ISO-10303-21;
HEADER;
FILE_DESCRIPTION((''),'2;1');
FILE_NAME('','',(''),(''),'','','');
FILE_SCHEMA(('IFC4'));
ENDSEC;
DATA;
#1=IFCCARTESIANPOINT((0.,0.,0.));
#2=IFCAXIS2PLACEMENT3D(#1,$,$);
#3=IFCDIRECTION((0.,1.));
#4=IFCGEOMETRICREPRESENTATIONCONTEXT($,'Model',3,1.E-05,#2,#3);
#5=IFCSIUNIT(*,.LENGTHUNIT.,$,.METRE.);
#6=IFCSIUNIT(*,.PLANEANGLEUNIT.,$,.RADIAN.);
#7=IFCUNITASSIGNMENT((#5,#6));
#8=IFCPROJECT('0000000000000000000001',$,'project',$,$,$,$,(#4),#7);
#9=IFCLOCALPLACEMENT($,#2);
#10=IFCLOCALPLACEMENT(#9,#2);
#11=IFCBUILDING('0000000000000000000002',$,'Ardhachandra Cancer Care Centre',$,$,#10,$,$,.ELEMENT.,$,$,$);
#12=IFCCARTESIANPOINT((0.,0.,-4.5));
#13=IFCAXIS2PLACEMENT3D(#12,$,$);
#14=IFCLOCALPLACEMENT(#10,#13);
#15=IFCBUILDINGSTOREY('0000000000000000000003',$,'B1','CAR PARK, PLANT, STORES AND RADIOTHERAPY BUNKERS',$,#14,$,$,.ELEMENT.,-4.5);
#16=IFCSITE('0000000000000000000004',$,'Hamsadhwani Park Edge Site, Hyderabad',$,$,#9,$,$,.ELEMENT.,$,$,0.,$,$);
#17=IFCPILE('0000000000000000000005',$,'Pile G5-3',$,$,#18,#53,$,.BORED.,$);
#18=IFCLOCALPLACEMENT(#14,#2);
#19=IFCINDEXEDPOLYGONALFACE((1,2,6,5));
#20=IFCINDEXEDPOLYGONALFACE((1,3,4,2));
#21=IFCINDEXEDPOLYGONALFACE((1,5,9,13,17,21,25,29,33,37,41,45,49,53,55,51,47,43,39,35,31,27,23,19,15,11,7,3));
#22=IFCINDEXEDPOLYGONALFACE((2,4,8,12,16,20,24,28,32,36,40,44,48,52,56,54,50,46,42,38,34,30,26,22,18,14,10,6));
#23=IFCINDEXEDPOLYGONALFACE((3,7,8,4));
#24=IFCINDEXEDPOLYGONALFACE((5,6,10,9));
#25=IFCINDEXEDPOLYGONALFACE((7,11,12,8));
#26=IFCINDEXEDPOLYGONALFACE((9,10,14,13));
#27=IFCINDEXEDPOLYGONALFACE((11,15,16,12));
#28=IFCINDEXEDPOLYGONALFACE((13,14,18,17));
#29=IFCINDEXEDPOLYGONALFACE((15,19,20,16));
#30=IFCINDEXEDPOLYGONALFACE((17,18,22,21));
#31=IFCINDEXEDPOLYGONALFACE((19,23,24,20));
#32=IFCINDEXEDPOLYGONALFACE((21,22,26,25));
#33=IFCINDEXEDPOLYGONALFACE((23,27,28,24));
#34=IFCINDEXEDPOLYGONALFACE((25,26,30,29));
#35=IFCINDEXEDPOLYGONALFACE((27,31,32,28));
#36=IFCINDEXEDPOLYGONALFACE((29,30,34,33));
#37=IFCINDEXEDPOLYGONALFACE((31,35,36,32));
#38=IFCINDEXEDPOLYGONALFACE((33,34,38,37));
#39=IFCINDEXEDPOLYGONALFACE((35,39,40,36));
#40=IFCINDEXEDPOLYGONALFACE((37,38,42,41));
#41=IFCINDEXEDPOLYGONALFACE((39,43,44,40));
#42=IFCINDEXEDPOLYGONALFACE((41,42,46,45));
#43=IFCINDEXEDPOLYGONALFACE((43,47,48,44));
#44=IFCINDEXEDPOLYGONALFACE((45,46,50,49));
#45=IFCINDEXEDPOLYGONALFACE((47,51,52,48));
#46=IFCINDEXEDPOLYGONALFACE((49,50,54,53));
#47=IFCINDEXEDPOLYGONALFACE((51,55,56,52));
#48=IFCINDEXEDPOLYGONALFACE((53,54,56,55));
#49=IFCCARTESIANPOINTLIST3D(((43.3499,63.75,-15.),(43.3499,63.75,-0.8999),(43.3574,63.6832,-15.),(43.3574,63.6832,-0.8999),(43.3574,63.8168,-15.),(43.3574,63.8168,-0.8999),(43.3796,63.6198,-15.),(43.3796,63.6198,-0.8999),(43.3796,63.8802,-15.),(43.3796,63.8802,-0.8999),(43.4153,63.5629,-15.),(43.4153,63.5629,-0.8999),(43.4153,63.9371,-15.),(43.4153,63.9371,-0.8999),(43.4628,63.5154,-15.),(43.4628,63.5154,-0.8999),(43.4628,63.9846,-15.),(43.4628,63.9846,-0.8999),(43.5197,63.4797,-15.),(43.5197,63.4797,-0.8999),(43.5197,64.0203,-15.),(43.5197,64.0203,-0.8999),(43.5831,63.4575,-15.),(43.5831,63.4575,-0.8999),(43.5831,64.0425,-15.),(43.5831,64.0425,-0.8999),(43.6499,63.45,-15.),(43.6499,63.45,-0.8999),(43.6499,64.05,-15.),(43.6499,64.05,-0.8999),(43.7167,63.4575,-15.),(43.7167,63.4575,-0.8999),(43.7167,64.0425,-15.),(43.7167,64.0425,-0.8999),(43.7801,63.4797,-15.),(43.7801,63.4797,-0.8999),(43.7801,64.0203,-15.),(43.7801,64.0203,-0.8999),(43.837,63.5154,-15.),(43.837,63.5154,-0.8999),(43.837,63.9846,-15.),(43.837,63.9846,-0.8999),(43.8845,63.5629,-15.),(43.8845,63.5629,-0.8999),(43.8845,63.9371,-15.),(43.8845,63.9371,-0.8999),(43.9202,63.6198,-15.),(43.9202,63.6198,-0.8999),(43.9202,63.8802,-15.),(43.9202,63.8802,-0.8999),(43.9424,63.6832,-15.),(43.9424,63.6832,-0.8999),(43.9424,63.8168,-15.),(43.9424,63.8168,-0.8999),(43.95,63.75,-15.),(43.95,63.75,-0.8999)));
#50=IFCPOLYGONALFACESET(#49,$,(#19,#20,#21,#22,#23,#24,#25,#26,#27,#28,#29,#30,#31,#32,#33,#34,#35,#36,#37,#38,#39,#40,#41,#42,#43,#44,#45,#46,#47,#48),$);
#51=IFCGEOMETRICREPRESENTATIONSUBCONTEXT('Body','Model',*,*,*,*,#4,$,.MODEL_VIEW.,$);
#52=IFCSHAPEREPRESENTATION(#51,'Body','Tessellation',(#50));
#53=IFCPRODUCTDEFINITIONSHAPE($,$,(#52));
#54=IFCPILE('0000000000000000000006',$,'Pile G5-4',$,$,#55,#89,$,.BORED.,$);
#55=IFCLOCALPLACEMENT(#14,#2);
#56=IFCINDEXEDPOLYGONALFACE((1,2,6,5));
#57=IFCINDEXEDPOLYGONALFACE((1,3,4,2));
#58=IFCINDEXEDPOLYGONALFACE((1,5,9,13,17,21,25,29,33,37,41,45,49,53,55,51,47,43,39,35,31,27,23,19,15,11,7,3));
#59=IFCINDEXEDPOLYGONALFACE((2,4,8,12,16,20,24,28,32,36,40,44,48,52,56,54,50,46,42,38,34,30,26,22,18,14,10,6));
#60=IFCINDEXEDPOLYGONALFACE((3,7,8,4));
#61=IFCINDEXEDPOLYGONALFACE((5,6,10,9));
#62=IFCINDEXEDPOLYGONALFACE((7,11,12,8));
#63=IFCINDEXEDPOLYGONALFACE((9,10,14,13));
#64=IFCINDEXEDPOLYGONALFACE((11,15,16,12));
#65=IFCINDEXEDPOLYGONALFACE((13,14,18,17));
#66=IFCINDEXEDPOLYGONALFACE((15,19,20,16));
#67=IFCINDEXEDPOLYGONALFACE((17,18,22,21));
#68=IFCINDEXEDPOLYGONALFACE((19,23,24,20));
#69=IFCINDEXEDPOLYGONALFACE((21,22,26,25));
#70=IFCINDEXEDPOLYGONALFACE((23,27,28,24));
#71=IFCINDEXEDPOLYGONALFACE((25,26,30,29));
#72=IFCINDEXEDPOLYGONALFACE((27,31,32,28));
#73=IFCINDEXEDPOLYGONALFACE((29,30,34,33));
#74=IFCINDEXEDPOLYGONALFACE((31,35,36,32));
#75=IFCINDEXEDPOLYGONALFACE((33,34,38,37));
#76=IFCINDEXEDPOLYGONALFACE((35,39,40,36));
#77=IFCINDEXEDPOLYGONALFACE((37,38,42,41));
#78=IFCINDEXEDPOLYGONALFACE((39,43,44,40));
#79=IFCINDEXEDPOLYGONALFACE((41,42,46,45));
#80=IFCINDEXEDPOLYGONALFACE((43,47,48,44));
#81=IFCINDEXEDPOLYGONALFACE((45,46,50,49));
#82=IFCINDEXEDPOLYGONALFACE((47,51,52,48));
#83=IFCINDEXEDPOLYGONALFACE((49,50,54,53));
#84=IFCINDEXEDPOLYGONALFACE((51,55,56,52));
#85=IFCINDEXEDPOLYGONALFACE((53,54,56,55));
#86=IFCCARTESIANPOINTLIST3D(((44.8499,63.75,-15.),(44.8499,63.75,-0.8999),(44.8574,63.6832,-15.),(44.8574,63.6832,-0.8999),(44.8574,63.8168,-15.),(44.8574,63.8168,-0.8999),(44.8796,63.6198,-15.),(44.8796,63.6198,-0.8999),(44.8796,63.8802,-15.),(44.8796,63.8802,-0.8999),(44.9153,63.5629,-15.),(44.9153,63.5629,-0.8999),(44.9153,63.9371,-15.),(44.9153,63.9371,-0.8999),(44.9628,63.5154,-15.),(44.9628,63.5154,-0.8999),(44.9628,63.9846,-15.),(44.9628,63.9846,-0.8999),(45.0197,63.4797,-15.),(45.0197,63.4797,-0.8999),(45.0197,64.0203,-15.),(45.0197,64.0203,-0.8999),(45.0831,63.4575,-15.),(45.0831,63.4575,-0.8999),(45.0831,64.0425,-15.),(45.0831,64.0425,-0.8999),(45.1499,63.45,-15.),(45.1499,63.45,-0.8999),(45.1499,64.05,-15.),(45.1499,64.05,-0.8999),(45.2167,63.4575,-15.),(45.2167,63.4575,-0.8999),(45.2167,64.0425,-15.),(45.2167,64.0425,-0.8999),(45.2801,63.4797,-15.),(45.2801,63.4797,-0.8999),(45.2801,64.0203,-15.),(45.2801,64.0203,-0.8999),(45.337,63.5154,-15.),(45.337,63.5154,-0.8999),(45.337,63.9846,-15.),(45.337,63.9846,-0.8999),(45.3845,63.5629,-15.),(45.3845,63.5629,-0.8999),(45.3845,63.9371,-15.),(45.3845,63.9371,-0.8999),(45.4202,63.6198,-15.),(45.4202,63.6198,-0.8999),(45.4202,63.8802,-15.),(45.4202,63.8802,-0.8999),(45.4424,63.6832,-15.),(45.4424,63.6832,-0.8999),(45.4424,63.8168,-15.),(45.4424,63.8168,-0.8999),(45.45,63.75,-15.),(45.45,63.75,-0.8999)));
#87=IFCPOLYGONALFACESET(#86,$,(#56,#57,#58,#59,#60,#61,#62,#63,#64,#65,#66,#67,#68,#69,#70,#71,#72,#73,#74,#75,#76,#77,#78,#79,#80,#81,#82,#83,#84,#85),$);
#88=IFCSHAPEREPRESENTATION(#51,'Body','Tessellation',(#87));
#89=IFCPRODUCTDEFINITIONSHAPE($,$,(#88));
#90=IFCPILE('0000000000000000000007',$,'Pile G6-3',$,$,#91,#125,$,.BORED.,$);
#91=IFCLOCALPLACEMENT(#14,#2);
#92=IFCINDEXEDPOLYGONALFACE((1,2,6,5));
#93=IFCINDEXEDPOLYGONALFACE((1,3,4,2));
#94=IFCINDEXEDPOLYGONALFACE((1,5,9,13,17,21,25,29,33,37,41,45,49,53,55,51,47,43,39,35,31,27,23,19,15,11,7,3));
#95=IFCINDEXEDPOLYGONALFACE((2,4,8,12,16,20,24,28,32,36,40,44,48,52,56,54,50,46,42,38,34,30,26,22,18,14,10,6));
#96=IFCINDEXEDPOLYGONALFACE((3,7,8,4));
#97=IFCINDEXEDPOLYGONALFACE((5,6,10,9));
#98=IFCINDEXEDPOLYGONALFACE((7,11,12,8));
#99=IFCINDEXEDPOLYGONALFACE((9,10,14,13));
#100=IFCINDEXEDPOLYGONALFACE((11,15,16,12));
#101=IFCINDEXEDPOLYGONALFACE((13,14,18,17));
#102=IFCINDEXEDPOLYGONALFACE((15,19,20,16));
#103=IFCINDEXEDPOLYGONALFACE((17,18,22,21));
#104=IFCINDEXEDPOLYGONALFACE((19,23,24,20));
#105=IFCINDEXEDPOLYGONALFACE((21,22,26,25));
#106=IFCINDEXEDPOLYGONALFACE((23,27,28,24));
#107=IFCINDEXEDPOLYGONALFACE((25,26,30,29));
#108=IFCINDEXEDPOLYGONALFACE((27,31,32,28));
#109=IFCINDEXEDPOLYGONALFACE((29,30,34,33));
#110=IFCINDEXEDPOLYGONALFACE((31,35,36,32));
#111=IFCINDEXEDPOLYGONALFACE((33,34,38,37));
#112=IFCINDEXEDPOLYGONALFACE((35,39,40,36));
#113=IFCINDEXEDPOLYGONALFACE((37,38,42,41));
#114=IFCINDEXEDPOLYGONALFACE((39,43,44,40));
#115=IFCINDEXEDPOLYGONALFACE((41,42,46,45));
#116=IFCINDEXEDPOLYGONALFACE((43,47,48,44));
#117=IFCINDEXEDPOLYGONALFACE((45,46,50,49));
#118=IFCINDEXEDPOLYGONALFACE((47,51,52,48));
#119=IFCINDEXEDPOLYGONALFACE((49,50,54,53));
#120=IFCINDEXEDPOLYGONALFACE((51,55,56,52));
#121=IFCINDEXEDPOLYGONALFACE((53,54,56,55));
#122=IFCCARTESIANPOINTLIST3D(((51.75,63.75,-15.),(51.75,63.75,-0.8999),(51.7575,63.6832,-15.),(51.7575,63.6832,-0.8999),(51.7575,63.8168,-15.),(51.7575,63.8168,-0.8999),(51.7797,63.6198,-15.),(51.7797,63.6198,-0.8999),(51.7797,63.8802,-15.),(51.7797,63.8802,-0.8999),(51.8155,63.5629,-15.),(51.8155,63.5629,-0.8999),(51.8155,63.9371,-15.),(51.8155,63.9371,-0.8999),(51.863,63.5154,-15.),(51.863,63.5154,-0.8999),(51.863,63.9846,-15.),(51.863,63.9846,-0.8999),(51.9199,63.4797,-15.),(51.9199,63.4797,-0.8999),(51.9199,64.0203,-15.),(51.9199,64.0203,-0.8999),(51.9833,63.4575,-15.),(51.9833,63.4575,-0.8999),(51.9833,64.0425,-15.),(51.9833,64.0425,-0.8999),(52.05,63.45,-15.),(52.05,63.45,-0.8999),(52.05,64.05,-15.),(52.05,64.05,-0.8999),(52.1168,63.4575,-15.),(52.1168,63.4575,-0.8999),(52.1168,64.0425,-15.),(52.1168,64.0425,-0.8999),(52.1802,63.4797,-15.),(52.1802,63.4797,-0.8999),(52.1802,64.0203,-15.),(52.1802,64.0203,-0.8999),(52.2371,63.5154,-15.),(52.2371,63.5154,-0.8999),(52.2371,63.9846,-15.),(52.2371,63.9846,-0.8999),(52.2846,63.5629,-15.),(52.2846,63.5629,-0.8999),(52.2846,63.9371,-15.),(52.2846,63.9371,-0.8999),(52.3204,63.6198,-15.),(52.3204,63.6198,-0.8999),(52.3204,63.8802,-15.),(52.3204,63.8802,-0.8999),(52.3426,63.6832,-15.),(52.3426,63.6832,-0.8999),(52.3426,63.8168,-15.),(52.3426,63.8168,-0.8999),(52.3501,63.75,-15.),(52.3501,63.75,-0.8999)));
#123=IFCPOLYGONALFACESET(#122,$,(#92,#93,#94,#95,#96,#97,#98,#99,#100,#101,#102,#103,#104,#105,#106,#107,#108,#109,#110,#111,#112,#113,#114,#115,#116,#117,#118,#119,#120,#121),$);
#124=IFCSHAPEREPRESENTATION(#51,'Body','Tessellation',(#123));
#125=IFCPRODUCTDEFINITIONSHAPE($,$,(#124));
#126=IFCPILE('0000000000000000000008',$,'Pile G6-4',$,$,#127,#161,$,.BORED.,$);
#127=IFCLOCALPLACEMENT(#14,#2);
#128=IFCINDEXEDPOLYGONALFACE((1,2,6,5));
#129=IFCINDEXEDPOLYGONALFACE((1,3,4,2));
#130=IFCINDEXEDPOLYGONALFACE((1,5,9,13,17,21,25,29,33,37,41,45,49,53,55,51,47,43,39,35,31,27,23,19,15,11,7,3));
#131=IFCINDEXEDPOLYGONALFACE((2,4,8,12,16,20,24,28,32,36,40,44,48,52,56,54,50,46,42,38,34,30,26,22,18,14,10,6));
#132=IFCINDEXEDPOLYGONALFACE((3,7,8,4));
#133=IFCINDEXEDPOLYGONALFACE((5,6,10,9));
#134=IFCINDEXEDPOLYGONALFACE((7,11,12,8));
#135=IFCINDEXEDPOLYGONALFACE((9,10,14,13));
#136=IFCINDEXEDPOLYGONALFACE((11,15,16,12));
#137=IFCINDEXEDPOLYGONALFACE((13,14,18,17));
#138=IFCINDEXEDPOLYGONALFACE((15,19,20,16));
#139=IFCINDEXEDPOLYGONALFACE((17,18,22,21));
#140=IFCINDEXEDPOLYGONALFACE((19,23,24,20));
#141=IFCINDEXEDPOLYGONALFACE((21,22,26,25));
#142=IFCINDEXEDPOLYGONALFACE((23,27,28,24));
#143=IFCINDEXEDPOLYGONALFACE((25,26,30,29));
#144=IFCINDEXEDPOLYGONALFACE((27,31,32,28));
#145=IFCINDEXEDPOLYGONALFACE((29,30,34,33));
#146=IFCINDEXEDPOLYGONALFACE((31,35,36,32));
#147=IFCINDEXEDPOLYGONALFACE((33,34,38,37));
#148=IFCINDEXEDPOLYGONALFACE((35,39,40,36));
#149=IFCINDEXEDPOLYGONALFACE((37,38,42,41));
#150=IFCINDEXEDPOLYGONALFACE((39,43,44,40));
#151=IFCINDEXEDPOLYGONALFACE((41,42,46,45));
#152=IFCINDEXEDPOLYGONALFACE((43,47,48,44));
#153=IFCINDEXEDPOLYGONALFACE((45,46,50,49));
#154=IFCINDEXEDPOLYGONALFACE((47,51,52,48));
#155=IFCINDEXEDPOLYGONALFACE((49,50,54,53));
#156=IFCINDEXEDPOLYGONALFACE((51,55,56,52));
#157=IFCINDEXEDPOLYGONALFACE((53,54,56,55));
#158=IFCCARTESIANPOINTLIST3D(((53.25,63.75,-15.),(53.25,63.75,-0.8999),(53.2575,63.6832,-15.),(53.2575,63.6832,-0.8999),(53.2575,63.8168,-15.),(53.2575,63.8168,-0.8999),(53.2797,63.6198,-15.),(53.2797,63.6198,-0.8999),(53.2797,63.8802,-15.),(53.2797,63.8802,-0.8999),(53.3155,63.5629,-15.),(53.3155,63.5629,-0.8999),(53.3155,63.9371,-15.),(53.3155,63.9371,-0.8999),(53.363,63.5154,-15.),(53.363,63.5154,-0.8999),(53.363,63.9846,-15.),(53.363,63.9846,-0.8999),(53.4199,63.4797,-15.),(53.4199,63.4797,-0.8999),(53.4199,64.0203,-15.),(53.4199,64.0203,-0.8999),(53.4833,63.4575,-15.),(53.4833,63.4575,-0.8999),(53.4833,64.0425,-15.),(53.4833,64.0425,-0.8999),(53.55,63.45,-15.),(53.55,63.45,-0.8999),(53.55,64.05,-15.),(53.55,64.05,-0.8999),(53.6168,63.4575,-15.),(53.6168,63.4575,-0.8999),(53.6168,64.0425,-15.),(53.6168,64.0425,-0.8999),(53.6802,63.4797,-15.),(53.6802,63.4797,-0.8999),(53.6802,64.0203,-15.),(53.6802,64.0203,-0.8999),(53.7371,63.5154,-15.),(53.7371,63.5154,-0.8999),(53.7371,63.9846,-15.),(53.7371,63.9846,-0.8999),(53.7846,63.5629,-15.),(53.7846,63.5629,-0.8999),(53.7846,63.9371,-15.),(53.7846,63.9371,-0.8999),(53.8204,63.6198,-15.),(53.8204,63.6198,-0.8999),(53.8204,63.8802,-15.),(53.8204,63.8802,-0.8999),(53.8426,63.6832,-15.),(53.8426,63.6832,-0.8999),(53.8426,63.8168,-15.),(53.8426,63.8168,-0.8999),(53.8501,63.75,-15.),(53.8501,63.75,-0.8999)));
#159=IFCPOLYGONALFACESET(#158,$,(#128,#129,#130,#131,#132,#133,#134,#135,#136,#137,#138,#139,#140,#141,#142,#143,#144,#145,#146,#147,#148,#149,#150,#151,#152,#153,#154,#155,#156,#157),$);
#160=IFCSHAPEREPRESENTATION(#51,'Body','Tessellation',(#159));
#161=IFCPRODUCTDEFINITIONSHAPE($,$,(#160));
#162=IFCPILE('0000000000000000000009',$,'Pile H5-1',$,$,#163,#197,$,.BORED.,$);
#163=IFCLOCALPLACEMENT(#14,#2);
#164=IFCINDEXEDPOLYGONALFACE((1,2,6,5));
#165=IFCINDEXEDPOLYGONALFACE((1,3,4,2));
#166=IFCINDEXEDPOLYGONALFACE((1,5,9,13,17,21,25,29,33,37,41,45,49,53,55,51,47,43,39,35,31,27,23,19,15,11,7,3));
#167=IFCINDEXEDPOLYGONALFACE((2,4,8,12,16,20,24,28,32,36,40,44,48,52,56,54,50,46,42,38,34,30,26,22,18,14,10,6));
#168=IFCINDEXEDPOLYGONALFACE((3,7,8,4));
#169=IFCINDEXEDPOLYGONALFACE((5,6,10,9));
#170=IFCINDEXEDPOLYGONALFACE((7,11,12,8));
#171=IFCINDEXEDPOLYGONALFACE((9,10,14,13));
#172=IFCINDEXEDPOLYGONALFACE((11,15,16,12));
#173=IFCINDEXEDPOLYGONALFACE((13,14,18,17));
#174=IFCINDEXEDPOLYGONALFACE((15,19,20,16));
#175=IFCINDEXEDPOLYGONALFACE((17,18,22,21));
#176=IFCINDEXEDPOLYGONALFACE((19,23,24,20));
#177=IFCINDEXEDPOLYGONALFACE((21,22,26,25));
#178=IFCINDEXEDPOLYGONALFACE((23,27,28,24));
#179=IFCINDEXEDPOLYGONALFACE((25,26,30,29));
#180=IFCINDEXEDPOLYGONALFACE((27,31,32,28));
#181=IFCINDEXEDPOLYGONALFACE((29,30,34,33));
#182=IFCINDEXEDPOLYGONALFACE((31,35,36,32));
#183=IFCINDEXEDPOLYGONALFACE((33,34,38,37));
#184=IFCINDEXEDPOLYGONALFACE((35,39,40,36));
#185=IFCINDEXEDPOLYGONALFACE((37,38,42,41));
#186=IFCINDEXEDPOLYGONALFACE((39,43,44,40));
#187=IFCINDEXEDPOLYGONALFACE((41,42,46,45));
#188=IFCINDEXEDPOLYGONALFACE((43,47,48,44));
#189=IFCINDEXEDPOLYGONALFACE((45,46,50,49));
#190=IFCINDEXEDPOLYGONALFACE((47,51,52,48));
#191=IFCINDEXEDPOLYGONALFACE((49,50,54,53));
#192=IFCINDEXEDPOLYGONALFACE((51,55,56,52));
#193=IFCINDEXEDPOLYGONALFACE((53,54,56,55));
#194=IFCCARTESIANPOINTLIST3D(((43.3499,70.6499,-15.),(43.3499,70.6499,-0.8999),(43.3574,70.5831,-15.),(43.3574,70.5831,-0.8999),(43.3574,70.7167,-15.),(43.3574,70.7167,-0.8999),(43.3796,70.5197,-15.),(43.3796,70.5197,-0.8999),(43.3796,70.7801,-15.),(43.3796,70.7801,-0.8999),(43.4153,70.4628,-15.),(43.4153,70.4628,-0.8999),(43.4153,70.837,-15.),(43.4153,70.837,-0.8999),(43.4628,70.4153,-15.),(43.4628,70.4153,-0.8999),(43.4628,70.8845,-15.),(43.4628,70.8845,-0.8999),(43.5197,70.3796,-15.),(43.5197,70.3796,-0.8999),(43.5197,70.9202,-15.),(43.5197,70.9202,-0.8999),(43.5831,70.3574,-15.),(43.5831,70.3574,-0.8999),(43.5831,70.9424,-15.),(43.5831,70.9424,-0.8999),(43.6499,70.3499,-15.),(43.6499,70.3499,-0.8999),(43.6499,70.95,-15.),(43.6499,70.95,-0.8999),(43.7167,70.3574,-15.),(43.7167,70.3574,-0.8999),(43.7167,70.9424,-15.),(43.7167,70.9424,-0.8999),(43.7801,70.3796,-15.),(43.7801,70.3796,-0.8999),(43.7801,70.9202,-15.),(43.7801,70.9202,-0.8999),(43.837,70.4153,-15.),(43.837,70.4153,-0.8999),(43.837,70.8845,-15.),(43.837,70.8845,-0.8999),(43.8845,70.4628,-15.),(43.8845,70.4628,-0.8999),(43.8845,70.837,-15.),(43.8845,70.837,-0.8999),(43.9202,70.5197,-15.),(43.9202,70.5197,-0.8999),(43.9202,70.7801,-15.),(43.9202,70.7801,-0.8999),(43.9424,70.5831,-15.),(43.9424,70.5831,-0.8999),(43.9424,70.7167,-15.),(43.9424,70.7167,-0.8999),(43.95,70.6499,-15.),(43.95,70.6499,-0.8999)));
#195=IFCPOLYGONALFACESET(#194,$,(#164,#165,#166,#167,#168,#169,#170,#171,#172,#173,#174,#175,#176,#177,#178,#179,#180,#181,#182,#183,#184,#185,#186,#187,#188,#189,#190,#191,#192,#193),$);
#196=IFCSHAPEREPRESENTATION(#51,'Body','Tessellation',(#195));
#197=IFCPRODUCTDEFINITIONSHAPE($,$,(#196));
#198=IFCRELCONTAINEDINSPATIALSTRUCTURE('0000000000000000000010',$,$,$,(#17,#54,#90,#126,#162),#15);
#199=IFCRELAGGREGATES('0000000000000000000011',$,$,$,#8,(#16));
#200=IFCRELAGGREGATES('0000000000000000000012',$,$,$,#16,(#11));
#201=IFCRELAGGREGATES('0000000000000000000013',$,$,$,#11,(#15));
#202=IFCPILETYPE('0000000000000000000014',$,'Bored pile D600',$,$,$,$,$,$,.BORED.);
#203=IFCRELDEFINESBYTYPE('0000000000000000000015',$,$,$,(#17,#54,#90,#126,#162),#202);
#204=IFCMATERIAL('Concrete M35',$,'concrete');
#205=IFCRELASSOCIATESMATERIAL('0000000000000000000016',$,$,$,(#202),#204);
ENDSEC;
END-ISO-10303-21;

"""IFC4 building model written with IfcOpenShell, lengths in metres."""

from ifc_helpers import new_model, si_unit, direction, frame, origin, origin_2d, place, context, subcontext, project, spatial, circle, extrude, material, material_profile, profile_set, type_object, element, save


model = new_model("IFC4")

# Units and contexts
model_context = context("Model", 3, precision=1e-05, world=origin(), true_north=direction((0.0, 1.0)))
body_context = subcontext(model_context, "Body", "Model", "MODEL_VIEW")
ifc_project = project(units=[si_unit("LENGTHUNIT", "METRE"), si_unit("PLANEANGLEUNIT", "RADIAN")], contexts=[model_context])

# Site, building, storey
site_placement = place(None, origin())
site = spatial("IfcSite", under=ifc_project, at=site_placement, Name="Hamsadhwani Park Edge Site, Hyderabad", CompositionType="ELEMENT", RefElevation=0.0)
building_placement = place(site_placement, origin())
building = spatial("IfcBuilding", under=site, at=building_placement, Name="Ardhachandra Cancer Care Centre", CompositionType="ELEMENT")
storey_placement = place(building_placement, frame((0.0, 0.0, -4.5)))
storey = spatial("IfcBuildingStorey", under=building, at=storey_placement, Name="B1", Description="CAR PARK, PLANT, STORES AND RADIOTHERAPY BUNKERS", CompositionType="ELEMENT", Elevation=-4.5)

# Piles
ifc_material_1 = material(Name="Concrete M35", Category="concrete")
ifc_material_profile_1 = material_profile(ifc_material_1, circle(Radius=0.3, at=origin_2d()), Name="D600")
ifc_profile_set_1 = profile_set([ifc_material_profile_1], Name="Concrete M35")
pile_type = type_object("IfcPileType", Name="Bored pile D600", PredefinedType="BORED", material=ifc_profile_set_1)
for number, where, z_axis, x_axis, name in (
    (1, (43.6499, 63.75, -0.8999), (0.0, 0.0, -1.0), (1.0, 0.0, 0.0), "Pile G5-3"),
    (2, (45.1499, 63.75, -0.8999), (0.0, 0.0, -1.0), (1.0, 0.0, 0.0), "Pile G5-4"),
    (3, (52.05, 63.75, -0.8999), (0.0, 0.0, -1.0), (1.0, 0.0, 0.0), "Pile G6-3"),
    (4, (53.55, 63.75, -0.8999), (0.0, 0.0, -1.0), (1.0, 0.0, 0.0), "Pile G6-4"),
    (5, (43.6499, 70.6499, -0.8999), (0.0, 0.0, -1.0), (1.0, 0.0, 0.0), "Pile H5-1"),
):
    element("IfcPile", number, at=place(storey_placement, frame(where, z_axis=z_axis, x_axis=x_axis)), inside=storey, type_object=pile_type, Name=name, PredefinedType="BORED", context=body_context, shape_type="SweptSolid", body=[
        extrude(circle(Radius=0.3, at=origin_2d()), origin(), (0.0, 0.0, 1.0), 14.1001),
    ])

save(model, "model.ifc")
